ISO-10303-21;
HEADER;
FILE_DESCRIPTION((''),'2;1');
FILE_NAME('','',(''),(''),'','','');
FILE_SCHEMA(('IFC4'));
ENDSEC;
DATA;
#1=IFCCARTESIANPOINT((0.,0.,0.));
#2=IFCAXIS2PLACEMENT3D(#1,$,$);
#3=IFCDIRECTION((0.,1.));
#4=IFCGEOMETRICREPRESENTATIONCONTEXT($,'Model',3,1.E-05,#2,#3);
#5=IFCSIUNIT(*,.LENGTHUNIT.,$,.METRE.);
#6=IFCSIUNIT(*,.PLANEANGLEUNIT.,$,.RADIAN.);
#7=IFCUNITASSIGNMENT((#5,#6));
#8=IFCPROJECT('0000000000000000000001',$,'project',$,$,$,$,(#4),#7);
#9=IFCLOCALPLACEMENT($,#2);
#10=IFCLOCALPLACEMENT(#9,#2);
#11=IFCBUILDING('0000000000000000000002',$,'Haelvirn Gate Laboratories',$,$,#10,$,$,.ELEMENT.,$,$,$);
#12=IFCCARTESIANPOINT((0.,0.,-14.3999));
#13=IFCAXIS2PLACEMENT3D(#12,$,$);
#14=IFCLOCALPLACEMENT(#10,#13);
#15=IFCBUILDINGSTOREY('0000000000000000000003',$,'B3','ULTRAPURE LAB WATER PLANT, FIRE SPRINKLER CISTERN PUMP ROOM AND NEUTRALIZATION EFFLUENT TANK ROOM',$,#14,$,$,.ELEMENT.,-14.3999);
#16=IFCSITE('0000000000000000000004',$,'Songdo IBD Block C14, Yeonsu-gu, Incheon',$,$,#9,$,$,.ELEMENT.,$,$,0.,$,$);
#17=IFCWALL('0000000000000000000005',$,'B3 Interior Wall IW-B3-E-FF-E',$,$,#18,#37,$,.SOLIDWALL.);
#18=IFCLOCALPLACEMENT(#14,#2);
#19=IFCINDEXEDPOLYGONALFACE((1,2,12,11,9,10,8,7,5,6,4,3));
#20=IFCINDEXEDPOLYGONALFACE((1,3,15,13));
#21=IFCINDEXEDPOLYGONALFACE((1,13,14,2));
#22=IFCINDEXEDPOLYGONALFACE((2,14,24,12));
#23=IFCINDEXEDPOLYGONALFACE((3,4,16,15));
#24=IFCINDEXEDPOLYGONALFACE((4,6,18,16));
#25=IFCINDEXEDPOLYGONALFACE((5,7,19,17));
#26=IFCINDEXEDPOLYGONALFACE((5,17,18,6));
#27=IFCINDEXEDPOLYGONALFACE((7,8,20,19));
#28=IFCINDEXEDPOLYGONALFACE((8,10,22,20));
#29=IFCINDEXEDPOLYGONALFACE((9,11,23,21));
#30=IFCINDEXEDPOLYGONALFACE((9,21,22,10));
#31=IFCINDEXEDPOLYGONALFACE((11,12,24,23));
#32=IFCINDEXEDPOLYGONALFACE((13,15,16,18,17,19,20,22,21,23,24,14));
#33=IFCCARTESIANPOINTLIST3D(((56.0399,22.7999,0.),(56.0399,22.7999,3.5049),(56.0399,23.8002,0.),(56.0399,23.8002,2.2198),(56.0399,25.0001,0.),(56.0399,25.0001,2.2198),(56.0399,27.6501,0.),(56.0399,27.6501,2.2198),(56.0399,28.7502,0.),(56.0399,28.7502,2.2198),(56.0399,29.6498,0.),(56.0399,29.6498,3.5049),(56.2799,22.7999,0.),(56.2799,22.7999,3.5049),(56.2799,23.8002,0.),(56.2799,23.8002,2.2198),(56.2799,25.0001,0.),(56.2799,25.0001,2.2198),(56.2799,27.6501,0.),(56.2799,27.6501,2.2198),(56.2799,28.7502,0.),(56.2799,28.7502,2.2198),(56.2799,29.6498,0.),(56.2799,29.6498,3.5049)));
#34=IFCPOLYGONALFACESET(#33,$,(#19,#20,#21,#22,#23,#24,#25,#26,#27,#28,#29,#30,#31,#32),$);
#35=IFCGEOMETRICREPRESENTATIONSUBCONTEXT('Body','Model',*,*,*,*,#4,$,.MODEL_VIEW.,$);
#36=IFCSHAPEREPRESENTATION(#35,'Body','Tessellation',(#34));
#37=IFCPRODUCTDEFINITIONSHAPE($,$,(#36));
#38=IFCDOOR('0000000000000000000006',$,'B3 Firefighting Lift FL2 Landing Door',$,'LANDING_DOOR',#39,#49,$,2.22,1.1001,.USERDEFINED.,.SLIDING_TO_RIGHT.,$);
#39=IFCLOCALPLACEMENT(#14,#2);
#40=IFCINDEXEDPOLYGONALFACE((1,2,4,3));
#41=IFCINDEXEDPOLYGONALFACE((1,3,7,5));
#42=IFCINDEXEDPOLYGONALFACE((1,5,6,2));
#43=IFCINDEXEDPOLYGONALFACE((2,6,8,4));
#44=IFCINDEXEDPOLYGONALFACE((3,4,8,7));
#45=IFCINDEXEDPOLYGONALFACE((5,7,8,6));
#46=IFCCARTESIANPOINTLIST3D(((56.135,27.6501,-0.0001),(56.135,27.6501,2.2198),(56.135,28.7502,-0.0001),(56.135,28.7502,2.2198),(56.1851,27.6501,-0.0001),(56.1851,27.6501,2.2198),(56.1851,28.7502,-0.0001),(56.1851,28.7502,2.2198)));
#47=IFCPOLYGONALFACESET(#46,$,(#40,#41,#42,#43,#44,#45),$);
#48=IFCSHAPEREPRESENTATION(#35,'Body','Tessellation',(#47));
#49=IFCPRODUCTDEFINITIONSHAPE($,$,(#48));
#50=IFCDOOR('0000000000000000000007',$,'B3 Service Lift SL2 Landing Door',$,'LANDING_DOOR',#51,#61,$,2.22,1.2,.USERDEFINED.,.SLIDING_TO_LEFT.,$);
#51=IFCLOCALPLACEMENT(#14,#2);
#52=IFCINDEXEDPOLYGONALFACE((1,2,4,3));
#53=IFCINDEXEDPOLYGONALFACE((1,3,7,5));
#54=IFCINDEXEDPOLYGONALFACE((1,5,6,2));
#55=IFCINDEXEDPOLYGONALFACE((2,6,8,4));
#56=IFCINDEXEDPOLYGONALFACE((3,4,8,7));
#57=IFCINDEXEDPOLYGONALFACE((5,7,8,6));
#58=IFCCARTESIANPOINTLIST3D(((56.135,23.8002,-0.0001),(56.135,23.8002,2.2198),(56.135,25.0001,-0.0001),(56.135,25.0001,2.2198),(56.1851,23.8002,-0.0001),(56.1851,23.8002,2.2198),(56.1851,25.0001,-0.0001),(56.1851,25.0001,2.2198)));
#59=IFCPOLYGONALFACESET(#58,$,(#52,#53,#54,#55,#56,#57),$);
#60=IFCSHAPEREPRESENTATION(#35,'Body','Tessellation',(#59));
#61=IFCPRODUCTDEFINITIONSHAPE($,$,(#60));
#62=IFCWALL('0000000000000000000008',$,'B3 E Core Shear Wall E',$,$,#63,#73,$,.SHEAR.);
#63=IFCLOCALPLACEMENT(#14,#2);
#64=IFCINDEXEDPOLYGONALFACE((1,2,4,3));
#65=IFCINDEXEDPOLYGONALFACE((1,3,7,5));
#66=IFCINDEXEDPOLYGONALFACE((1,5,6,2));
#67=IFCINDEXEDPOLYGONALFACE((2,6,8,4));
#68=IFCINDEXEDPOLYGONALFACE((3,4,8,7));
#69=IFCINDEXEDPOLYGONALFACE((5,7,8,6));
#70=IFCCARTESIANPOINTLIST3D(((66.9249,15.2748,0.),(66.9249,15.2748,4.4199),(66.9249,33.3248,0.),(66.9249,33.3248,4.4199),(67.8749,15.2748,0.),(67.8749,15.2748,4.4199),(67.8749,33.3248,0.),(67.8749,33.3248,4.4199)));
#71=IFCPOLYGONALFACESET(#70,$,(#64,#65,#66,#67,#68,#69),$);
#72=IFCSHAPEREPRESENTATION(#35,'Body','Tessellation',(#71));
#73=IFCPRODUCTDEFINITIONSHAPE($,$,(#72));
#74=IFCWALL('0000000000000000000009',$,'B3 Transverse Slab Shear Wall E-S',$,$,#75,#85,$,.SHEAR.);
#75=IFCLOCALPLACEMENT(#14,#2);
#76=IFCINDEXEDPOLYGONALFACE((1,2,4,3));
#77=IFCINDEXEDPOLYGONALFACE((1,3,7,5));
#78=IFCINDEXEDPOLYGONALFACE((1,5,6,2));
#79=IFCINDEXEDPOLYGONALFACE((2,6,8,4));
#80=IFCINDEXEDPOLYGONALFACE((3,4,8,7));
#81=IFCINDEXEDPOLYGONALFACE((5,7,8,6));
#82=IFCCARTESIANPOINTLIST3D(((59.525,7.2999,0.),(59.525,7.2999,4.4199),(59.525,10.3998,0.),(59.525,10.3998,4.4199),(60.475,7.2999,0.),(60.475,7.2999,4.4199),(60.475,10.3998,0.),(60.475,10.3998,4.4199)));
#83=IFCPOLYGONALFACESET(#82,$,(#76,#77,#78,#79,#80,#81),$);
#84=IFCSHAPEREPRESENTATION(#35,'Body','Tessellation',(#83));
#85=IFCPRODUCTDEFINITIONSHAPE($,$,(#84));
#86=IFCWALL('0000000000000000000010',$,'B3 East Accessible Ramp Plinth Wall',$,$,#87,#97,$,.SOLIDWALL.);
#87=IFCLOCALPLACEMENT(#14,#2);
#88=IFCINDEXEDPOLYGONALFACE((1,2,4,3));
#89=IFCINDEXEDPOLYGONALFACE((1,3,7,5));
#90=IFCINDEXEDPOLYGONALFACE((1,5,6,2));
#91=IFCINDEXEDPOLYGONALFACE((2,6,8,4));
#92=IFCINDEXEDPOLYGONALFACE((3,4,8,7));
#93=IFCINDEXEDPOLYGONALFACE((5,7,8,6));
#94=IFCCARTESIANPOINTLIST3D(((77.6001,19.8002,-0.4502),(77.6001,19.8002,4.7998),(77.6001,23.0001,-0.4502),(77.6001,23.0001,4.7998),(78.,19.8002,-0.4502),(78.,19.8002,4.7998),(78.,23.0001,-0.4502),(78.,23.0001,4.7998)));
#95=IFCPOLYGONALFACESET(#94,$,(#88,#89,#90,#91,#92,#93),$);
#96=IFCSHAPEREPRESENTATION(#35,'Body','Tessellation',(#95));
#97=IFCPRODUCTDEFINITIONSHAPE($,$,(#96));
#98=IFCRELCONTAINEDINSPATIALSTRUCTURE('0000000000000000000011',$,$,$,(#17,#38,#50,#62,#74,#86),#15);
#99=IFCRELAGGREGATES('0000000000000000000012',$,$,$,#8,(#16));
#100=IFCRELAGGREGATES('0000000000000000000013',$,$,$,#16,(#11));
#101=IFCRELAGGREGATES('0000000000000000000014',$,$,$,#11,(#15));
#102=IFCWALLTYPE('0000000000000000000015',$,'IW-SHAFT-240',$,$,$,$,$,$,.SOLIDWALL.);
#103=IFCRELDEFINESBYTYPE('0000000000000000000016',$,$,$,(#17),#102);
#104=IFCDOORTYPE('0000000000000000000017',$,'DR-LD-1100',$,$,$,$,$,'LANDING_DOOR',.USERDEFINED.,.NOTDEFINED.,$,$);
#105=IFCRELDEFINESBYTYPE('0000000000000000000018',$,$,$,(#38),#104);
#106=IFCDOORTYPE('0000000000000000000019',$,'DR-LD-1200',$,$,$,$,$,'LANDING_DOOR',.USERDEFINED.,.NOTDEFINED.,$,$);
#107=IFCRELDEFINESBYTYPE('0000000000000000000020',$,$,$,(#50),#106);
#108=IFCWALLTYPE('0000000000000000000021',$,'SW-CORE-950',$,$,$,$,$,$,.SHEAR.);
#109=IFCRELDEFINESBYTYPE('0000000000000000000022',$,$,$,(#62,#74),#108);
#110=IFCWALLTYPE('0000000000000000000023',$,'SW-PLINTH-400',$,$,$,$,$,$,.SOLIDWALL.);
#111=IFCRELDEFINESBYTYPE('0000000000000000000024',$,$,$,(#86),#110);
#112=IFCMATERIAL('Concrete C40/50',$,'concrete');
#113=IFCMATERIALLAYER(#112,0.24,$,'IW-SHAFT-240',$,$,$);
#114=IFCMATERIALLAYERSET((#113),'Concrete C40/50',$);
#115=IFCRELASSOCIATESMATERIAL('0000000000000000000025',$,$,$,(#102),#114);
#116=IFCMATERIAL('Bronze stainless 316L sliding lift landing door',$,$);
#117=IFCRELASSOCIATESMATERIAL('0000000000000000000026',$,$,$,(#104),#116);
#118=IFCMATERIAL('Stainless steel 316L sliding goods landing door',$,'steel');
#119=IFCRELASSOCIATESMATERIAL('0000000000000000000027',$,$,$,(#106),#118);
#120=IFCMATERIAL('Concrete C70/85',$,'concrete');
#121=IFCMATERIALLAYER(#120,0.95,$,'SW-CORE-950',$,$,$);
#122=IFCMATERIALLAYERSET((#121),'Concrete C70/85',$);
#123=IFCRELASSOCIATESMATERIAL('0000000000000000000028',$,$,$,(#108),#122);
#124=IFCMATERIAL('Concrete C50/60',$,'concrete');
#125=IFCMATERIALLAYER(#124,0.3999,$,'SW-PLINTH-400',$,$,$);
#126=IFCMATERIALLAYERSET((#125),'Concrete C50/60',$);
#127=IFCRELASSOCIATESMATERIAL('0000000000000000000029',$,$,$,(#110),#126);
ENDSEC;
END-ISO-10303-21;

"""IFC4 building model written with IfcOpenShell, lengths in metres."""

from ifc_helpers import new_model, si_unit, direction, frame, frame_2d, origin, place, context, subcontext, project, spatial, rectangle, extrude, source, transform, mapped, material, layer, layer_set, type_object, type_shapes, element, fill, save


model = new_model("IFC4")

# Units and contexts
model_context = context("Model", 3, precision=1e-05, world=origin(), true_north=direction((0.0, 1.0)))
body_context = subcontext(model_context, "Body", "Model", "MODEL_VIEW")
ifc_project = project(units=[si_unit("LENGTHUNIT", "METRE"), si_unit("PLANEANGLEUNIT", "RADIAN")], contexts=[model_context])

# Site, building, storey
site_placement = place(None, origin())
site = spatial("IfcSite", under=ifc_project, at=site_placement, Name="Songdo IBD Block C14, Yeonsu-gu, Incheon", CompositionType="ELEMENT", RefElevation=0.0)
building_placement = place(site_placement, origin())
building = spatial("IfcBuilding", under=site, at=building_placement, Name="Haelvirn Gate Laboratories", CompositionType="ELEMENT")
storey_placement = place(building_placement, frame((0.0, 0.0, -14.3999)))
storey = spatial("IfcBuildingStorey", under=building, at=storey_placement, Name="B3", Description="ULTRAPURE LAB WATER PLANT, FIRE SPRINKLER CISTERN PUMP ROOM AND NEUTRALIZATION EFFLUENT TANK ROOM", CompositionType="ELEMENT", Elevation=-14.3999)

# Shared definitions
ifc_material_1 = material(Name="Concrete C50/60", Category="concrete")

# Shared definitions
ifc_material_2 = material(Name="Concrete C70/85", Category="concrete")

# Wall, openings, doors
ifc_material_3 = material(Name="Concrete C40/50", Category="concrete")
ifc_layer_1 = layer(ifc_material_3, 0.24, Name="IW-SHAFT-240")
ifc_layer_set_1 = layer_set([ifc_layer_1], Name="Concrete C40/50")
wall_type_1 = type_object("IfcWallType", Name="IW-SHAFT-240", PredefinedType="SOLIDWALL", material=ifc_layer_set_1)
wall_1_placement = place(storey_placement, frame((56.1599, 22.8, 0.0), z_axis=(0.0, 0.0, 1.0), x_axis=(0.0, 1.0, 0.0)))
wall_1 = element("IfcWall", 1, at=wall_1_placement, inside=storey, type_object=wall_type_1, Name="B3 Interior Wall IW-B3-E-FF-E", PredefinedType="SOLIDWALL", context=body_context, shape_type="SweptSolid", body=[
    extrude(rectangle(XDim=6.8499, YDim=0.24, at=frame_2d((3.4248, 0.0))), origin(), (0.0, 0.0, 1.0), 3.5049),
])
opening_1_placement = place(wall_1_placement, frame((4.8501, 0.0, 0.0)))
opening_1 = element("IfcOpeningElement", 2, at=opening_1_placement, cuts=wall_1, PredefinedType="OPENING", context=body_context, shape_type="SweptSolid", body=[
    extrude(rectangle(XDim=1.1001, YDim=2.22, at=frame_2d((0.55, 1.1099))), frame((0.0, 0.1299, 0.0), z_axis=(0.0, -1.0, 0.0), x_axis=(1.0, 0.0, 0.0)), (0.0, 0.0, 1.0), 0.26),
])
opening_2_placement = place(wall_1_placement, frame((1.0, 0.0, 0.0)))
opening_2 = element("IfcOpeningElement", 3, at=opening_2_placement, cuts=wall_1, PredefinedType="OPENING", context=body_context, shape_type="SweptSolid", body=[
    extrude(rectangle(XDim=1.2, YDim=2.22, at=frame_2d((0.6001, 1.1099))), frame((0.0, 0.1299, 0.0), z_axis=(0.0, -1.0, 0.0), x_axis=(1.0, 0.0, 0.0)), (0.0, 0.0, 1.0), 0.26),
])
ifc_material_4 = material(Name="Bronze stainless 316L sliding lift landing door")
door_type_1 = type_object("IfcDoorType", Name="DR-LD-1100", ElementType="LANDING_DOOR", OperationType="NOTDEFINED", PredefinedType="USERDEFINED", material=ifc_material_4)
shared_shape_1 = source(origin(), body_context, "Body", "SweptSolid", [
    extrude(rectangle(XDim=1.1001, YDim=2.22, at=frame_2d((0.55, 1.1099))), frame((0.0, 0.0249, 0.0), z_axis=(0.0, -1.0, 0.0), x_axis=(1.0, 0.0, 0.0)), (0.0, 0.0, 1.0), 0.05),
])
type_shapes(door_type_1, [shared_shape_1])
door_1_placement = place(opening_1_placement, origin())
door_1 = element("IfcDoor", 4, at=door_1_placement, inside=storey, type_object=door_type_1, Name="B3 Firefighting Lift FL2 Landing Door", ObjectType="LANDING_DOOR", OperationType="SLIDING_TO_RIGHT", OverallHeight=2.22, OverallWidth=1.1001, PredefinedType="USERDEFINED", context=body_context, shape_type="MappedRepresentation", body=[
    mapped(shared_shape_1, transform((0.0, 0.0, 0.0), scale=1.0)),
])
fill(opening_1, door_1)
ifc_material_5 = material(Name="Stainless steel 316L sliding goods landing door", Category="steel")
door_type_2 = type_object("IfcDoorType", Name="DR-LD-1200", ElementType="LANDING_DOOR", OperationType="NOTDEFINED", PredefinedType="USERDEFINED", material=ifc_material_5)
shared_shape_2 = source(origin(), body_context, "Body", "SweptSolid", [
    extrude(rectangle(XDim=1.2, YDim=2.22, at=frame_2d((0.6001, 1.1099))), frame((0.0, 0.0249, 0.0), z_axis=(0.0, -1.0, 0.0), x_axis=(1.0, 0.0, 0.0)), (0.0, 0.0, 1.0), 0.05),
])
type_shapes(door_type_2, [shared_shape_2])
door_2_placement = place(opening_2_placement, origin())
door_2 = element("IfcDoor", 5, at=door_2_placement, inside=storey, type_object=door_type_2, Name="B3 Service Lift SL2 Landing Door", ObjectType="LANDING_DOOR", OperationType="SLIDING_TO_LEFT", OverallHeight=2.22, OverallWidth=1.2, PredefinedType="USERDEFINED", context=body_context, shape_type="MappedRepresentation", body=[
    mapped(shared_shape_2, transform((0.0, 0.0, 0.0), scale=1.0)),
])
fill(opening_2, door_2)

# Walls
ifc_layer_2 = layer(ifc_material_2, 0.95, Name="SW-CORE-950")
ifc_layer_set_2 = layer_set([ifc_layer_2], Name="Concrete C70/85")
wall_type_2 = type_object("IfcWallType", Name="SW-CORE-950", PredefinedType="SHEAR", material=ifc_layer_set_2)
wall_2_placement = place(storey_placement, frame((67.3999, 15.2749, 0.0), z_axis=(0.0, 0.0, 1.0), x_axis=(0.0, 1.0, 0.0)))
element("IfcWall", 6, at=wall_2_placement, inside=storey, type_object=wall_type_2, Name="B3 E Core Shear Wall E", PredefinedType="SHEAR", context=body_context, shape_type="SweptSolid", body=[
    extrude(rectangle(XDim=18.05, YDim=0.95, at=frame_2d((9.0249, 0.0))), origin(), (0.0, 0.0, 1.0), 4.4199),
])
wall_3_placement = place(storey_placement, frame((60.0, 7.3, 0.0), z_axis=(0.0, 0.0, 1.0), x_axis=(0.0, 1.0, 0.0)))
element("IfcWall", 7, at=wall_3_placement, inside=storey, type_object=wall_type_2, Name="B3 Transverse Slab Shear Wall E-S", PredefinedType="SHEAR", context=body_context, shape_type="SweptSolid", body=[
    extrude(rectangle(XDim=3.0999, YDim=0.95, at=frame_2d((1.5498, 0.0))), origin(), (0.0, 0.0, 1.0), 4.4199),
])
ifc_layer_3 = layer(ifc_material_1, 0.3999, Name="SW-PLINTH-400")
ifc_layer_set_3 = layer_set([ifc_layer_3], Name="Concrete C50/60")
wall_type_3 = type_object("IfcWallType", Name="SW-PLINTH-400", PredefinedType="SOLIDWALL", material=ifc_layer_set_3)
wall_4_placement = place(storey_placement, frame((77.8, 19.8, -0.4502), z_axis=(0.0, 0.0, 1.0), x_axis=(0.0, 1.0, 0.0)))
element("IfcWall", 8, at=wall_4_placement, inside=storey, type_object=wall_type_3, Name="B3 East Accessible Ramp Plinth Wall", PredefinedType="SOLIDWALL", context=body_context, shape_type="SweptSolid", body=[
    extrude(rectangle(XDim=3.2, YDim=0.3999, at=frame_2d((1.6001, 0.0))), origin(), (0.0, 0.0, 1.0), 5.25),
])

save(model, "model.ifc")
